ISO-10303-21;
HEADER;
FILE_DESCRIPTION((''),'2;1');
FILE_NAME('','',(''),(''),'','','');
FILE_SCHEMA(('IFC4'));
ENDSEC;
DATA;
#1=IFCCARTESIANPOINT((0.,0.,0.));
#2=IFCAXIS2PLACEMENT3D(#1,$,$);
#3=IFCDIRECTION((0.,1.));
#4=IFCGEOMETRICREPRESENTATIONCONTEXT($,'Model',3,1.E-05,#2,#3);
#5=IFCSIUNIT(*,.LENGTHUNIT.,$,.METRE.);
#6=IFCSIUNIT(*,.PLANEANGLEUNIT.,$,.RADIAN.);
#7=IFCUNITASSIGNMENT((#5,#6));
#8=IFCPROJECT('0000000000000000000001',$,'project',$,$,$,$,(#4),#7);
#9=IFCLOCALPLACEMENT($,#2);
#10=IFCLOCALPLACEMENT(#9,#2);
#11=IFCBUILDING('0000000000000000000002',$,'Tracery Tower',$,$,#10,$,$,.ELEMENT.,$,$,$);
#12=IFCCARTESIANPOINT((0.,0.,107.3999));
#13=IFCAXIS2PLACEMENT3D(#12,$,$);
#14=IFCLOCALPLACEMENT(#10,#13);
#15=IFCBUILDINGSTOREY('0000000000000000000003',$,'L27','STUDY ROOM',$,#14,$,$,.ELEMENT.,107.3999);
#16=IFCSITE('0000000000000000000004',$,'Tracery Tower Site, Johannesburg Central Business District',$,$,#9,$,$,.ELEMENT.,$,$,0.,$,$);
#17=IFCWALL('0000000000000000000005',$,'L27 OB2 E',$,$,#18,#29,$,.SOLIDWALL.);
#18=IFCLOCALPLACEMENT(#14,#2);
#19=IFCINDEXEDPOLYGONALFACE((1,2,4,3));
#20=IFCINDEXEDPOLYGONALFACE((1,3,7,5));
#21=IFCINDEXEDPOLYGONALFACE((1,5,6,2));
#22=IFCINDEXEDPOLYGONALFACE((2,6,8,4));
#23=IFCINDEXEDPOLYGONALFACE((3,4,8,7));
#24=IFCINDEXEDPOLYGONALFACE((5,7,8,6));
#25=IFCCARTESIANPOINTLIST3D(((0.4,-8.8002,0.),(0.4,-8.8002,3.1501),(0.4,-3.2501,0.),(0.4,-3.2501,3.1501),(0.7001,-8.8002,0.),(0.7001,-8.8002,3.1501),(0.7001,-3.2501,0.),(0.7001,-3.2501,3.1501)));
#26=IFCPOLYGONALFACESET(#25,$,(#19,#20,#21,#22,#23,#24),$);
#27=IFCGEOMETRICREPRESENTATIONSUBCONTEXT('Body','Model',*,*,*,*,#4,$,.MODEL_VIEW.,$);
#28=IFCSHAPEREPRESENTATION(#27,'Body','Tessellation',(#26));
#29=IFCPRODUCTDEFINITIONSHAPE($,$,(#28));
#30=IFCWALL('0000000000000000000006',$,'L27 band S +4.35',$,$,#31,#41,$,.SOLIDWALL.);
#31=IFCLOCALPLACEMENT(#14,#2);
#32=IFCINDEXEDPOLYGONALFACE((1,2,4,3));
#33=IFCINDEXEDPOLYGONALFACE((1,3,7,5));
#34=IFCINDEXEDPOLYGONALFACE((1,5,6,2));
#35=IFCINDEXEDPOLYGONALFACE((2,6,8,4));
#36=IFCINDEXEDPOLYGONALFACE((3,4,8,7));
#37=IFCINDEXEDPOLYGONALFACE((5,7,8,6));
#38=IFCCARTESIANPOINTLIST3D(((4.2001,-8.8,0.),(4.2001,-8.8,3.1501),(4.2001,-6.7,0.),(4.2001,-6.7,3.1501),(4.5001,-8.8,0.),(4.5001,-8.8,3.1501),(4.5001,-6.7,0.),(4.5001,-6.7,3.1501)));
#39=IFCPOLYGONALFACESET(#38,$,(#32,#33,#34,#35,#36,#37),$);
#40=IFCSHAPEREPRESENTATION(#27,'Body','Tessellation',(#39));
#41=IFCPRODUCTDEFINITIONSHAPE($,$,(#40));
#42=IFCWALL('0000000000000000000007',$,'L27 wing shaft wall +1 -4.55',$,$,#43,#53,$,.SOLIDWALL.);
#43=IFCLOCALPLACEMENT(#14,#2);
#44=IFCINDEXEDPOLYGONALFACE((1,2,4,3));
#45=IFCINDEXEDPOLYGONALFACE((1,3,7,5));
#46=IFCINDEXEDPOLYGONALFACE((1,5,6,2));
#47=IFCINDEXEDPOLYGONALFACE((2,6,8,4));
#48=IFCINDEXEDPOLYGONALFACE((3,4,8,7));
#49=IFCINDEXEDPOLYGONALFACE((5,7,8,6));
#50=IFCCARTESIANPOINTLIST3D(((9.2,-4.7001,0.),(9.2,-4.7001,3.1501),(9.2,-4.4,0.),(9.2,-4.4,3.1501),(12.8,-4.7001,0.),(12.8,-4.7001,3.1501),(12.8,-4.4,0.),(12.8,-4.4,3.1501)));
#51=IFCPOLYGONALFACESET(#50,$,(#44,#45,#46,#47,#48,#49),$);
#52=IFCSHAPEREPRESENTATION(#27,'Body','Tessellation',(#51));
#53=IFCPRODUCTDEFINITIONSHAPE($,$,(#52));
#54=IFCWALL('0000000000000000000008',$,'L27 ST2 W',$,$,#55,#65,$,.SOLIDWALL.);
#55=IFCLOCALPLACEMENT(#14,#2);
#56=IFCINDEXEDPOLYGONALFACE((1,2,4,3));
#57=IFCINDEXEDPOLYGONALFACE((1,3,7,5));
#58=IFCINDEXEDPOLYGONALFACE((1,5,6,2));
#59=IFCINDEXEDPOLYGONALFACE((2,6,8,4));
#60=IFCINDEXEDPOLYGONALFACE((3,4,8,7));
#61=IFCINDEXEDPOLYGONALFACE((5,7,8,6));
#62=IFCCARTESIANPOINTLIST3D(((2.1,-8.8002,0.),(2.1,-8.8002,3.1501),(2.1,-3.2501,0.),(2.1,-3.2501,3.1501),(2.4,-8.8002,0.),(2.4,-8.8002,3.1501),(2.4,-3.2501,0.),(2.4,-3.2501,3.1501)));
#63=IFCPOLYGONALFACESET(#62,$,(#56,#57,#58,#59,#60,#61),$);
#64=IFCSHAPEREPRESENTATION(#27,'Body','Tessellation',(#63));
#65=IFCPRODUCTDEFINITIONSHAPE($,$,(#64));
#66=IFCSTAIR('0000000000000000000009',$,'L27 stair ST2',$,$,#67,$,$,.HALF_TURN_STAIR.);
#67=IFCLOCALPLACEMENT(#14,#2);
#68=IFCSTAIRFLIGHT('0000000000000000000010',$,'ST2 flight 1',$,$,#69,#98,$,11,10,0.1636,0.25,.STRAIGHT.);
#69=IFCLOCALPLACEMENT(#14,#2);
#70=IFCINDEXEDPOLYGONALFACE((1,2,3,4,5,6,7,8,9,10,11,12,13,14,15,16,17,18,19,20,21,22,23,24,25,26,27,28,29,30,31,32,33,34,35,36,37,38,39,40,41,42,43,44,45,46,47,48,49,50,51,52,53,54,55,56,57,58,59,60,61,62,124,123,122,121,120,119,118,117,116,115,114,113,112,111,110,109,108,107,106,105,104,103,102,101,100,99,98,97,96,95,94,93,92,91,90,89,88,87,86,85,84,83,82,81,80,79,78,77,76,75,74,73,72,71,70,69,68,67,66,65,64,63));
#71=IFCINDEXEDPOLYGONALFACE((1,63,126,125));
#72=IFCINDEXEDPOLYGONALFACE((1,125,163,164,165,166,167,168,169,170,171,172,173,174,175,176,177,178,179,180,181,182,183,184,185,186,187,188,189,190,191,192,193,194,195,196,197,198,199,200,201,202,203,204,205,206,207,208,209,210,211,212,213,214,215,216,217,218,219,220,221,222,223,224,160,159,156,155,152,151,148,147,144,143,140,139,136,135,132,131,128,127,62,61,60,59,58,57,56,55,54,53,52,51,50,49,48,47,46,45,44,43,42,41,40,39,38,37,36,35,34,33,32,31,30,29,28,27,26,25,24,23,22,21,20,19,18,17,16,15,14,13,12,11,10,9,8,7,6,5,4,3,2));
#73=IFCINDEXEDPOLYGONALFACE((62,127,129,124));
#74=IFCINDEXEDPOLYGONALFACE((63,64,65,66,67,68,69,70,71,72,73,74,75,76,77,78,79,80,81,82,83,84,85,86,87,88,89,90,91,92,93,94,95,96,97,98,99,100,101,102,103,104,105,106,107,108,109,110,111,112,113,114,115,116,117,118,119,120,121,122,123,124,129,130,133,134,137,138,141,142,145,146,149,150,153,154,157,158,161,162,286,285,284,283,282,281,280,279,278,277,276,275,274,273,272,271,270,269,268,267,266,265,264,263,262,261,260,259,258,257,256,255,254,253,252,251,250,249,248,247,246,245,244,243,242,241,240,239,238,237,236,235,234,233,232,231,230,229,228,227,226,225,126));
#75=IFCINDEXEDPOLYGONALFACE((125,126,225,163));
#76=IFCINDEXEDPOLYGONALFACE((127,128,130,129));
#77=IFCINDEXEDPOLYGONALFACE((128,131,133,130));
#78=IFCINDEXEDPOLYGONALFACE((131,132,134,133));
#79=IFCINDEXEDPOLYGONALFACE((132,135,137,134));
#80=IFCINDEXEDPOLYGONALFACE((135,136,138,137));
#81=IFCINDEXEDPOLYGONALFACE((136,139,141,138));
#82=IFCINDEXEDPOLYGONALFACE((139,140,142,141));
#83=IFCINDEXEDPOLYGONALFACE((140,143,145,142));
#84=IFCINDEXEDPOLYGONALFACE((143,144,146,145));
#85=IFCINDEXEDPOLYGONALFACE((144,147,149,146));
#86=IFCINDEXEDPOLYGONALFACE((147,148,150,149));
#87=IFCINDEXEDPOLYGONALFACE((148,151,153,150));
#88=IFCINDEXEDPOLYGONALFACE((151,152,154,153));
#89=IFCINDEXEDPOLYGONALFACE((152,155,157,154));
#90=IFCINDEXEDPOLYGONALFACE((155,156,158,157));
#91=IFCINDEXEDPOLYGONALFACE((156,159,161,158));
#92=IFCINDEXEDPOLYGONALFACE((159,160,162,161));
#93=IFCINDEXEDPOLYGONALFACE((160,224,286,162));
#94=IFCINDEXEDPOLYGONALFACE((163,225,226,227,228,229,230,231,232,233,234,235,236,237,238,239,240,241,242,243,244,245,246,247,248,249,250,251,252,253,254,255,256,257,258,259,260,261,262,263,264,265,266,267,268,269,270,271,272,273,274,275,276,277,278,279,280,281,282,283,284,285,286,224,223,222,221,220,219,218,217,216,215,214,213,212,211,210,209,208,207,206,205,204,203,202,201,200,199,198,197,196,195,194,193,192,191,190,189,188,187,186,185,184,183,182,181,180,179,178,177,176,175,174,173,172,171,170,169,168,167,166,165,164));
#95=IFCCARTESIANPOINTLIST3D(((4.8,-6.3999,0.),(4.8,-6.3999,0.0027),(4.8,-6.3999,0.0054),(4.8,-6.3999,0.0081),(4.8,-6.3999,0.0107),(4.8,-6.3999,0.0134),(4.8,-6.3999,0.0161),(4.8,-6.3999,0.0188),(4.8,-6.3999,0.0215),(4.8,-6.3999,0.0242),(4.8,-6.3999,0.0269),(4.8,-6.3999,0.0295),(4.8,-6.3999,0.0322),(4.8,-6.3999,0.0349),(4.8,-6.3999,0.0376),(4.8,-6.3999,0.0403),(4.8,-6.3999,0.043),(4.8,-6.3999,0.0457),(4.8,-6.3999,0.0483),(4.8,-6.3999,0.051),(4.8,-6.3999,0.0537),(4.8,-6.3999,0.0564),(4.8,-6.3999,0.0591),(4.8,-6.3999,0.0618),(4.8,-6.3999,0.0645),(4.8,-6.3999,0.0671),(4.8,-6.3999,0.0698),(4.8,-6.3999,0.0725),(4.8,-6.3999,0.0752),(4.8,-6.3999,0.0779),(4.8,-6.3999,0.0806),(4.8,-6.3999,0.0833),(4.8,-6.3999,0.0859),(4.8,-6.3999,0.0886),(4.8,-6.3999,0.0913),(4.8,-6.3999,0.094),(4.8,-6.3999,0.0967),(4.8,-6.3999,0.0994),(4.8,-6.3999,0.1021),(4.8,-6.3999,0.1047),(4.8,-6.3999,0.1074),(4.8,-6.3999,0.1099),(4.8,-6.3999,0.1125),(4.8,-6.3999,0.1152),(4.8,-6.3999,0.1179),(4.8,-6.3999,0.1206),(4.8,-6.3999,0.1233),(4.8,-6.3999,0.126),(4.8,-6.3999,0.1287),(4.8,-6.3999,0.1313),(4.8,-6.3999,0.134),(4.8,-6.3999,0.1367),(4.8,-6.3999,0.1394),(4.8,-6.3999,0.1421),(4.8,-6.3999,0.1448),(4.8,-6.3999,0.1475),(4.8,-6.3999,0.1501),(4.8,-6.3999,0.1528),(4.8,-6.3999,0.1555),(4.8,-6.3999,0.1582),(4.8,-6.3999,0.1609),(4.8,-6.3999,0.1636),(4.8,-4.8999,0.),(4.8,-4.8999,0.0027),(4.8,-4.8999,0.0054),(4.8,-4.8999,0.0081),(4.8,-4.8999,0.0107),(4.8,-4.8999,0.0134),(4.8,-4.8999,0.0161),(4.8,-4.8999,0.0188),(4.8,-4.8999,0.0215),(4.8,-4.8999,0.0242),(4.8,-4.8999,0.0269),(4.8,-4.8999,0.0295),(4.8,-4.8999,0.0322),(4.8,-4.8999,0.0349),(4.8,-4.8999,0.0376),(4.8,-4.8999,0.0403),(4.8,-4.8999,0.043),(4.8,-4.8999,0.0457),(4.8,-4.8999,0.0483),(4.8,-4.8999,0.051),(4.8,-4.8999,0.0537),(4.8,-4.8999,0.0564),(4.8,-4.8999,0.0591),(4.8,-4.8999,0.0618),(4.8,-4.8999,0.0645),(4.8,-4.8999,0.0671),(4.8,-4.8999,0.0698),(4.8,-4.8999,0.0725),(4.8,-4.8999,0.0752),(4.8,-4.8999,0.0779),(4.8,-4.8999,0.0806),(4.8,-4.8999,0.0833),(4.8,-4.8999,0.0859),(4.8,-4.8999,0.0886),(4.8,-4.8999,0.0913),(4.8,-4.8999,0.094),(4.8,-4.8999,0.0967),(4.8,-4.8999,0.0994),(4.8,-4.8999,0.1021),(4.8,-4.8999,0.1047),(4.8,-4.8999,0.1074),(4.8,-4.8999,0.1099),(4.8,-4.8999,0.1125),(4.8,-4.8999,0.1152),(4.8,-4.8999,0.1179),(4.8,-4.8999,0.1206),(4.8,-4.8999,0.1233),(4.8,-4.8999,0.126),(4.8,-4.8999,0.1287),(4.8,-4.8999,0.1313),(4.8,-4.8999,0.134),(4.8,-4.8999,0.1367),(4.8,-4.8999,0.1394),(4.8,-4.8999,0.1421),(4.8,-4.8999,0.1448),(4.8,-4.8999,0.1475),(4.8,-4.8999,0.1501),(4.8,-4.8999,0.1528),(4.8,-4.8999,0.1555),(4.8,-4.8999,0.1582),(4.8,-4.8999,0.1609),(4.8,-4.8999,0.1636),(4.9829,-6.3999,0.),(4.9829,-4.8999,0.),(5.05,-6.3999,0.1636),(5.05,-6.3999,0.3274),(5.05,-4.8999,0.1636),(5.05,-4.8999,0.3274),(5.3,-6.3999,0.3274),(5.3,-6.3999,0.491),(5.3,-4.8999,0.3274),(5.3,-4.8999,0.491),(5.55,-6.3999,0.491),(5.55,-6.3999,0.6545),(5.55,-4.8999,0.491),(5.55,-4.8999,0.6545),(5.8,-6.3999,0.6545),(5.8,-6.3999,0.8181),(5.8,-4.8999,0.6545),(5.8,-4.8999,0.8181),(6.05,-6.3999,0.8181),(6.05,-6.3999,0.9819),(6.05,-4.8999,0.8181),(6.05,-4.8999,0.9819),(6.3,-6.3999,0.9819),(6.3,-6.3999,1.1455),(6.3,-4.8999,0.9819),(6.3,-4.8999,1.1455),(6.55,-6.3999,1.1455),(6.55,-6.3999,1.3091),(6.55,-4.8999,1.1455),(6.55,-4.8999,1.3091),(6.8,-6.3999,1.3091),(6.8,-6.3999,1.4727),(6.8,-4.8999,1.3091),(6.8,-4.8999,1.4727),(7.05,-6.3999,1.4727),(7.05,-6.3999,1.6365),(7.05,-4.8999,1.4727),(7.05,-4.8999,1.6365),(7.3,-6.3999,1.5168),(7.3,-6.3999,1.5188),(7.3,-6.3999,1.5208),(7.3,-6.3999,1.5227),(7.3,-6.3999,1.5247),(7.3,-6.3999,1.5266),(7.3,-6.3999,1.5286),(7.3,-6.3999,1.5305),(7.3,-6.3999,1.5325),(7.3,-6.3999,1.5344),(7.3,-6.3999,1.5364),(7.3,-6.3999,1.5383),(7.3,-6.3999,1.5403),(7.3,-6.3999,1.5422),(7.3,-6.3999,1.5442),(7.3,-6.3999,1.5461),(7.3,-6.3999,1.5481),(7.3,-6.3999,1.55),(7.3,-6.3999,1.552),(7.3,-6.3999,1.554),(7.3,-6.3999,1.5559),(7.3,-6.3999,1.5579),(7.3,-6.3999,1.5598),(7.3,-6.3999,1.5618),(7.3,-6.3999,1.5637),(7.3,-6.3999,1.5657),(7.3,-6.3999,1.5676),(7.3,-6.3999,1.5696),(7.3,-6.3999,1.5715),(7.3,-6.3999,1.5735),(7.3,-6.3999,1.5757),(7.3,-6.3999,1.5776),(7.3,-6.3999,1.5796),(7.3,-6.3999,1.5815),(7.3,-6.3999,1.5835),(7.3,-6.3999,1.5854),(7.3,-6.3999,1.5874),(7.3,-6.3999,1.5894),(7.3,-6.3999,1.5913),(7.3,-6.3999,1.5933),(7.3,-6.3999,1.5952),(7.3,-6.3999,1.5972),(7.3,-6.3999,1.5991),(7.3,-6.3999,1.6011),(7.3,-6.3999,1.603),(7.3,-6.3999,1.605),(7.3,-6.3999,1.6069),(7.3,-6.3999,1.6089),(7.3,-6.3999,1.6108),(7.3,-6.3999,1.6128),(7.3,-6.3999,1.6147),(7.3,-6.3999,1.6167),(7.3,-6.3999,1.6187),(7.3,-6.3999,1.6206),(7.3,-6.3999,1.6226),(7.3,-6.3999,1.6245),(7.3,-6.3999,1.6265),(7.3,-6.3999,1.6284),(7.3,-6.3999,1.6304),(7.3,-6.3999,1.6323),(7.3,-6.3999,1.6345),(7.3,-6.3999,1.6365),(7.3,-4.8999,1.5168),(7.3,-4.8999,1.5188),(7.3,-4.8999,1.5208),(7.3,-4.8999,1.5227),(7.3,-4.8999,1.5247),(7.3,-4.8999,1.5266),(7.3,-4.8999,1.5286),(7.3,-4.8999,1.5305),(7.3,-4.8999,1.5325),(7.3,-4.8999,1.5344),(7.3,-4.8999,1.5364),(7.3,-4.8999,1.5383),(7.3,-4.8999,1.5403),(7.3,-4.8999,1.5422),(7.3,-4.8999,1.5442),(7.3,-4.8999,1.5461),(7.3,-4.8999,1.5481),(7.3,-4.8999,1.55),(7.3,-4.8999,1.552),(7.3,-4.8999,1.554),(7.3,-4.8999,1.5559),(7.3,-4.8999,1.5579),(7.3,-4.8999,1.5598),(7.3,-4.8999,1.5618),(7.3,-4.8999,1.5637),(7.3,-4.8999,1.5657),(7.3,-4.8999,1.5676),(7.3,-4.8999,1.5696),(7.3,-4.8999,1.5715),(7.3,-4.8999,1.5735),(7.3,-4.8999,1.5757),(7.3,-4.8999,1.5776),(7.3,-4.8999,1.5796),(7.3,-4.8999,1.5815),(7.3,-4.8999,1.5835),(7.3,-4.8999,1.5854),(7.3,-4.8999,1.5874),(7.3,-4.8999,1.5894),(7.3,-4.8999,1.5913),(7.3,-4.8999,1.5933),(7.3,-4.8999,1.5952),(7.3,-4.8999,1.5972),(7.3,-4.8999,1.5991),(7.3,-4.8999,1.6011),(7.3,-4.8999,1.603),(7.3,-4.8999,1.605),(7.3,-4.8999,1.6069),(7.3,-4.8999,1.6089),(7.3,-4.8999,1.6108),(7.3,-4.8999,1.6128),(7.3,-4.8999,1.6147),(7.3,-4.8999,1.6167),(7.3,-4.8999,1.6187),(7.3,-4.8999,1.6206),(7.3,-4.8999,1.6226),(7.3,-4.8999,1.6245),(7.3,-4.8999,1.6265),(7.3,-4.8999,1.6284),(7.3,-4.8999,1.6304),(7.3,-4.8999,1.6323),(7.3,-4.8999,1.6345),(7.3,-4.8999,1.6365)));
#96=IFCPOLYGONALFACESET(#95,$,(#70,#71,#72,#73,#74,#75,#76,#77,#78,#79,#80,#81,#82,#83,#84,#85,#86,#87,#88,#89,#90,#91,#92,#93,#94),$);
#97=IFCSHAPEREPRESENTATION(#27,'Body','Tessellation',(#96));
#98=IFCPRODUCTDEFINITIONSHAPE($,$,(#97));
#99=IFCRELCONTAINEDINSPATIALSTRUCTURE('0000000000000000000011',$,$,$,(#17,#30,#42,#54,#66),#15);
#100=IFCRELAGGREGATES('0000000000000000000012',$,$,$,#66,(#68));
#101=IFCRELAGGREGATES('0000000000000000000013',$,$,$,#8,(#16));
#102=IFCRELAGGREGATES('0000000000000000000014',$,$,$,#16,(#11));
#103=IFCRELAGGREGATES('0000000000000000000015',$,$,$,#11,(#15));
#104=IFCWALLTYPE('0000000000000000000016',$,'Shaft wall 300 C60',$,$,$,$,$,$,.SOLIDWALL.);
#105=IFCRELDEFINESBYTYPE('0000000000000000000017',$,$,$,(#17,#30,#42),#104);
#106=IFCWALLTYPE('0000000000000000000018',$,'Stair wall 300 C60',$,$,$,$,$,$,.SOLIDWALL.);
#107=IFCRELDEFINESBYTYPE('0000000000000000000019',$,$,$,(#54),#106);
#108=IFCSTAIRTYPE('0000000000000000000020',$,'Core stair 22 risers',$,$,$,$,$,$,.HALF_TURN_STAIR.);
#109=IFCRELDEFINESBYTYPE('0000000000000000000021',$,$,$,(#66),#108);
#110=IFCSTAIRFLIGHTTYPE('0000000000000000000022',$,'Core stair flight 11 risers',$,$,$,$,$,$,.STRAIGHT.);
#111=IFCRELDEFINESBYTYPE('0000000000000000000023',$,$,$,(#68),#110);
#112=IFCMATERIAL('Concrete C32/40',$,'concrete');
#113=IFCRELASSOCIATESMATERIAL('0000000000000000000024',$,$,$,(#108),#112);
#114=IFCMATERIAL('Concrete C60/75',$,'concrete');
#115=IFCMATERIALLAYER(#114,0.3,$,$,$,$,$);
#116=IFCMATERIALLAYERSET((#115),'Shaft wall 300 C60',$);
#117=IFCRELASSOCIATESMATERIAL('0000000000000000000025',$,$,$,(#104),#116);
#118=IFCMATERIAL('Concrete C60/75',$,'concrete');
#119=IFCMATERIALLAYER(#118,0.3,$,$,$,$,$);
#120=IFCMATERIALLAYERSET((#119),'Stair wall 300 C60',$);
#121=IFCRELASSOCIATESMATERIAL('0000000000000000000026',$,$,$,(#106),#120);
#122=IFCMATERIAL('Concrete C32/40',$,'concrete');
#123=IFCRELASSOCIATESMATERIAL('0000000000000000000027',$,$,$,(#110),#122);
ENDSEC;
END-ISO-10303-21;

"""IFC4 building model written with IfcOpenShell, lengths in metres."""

from ifc_helpers import new_model, si_unit, direction, frame, frame_2d, origin, place, context, subcontext, project, spatial, polyline, rectangle, outline, extrude, material, layer, layer_set, type_object, element, aggregate, save


model = new_model("IFC4")

# Units and contexts
model_context = context("Model", 3, precision=1e-05, world=origin(), true_north=direction((0.0, 1.0)))
body_context = subcontext(model_context, "Body", "Model", "MODEL_VIEW")
ifc_project = project(units=[si_unit("LENGTHUNIT", "METRE"), si_unit("PLANEANGLEUNIT", "RADIAN")], contexts=[model_context])

# Site, building, storey
site_placement = place(None, origin())
site = spatial("IfcSite", under=ifc_project, at=site_placement, Name="Tracery Tower Site, Johannesburg Central Business District", CompositionType="ELEMENT", RefElevation=0.0)
building_placement = place(site_placement, origin())
building = spatial("IfcBuilding", under=site, at=building_placement, Name="Tracery Tower", CompositionType="ELEMENT")
storey_placement = place(building_placement, frame((0.0, 0.0, 107.3999)))
storey = spatial("IfcBuildingStorey", under=building, at=storey_placement, Name="L27", Description="STUDY ROOM", CompositionType="ELEMENT", Elevation=107.3999)

# Shared definitions
ifc_material_1 = material(Name="Concrete C32/40", Category="concrete")
stair_type = type_object("IfcStairType", Name="Core stair 22 risers", PredefinedType="HALF_TURN_STAIR", material=ifc_material_1)

# Walls
ifc_material_2 = material(Name="Concrete C60/75", Category="concrete")
ifc_layer_1 = layer(ifc_material_2, 0.3)
ifc_layer_set_1 = layer_set([ifc_layer_1], Name="Shaft wall 300 C60")
wall_type_1 = type_object("IfcWallType", Name="Shaft wall 300 C60", PredefinedType="SOLIDWALL", material=ifc_layer_set_1)
wall_1_placement = place(storey_placement, frame((0.55, -8.8, 0.0), z_axis=(0.0, 0.0, 1.0), x_axis=(0.0, 1.0, 0.0)))
element("IfcWall", 1, at=wall_1_placement, inside=storey, type_object=wall_type_1, Name="L27 OB2 E", PredefinedType="SOLIDWALL", context=body_context, shape_type="SweptSolid", body=[
    extrude(rectangle(XDim=5.55, YDim=0.3, at=frame_2d((2.7749, 0.0))), origin(), (0.0, 0.0, 1.0), 3.1501),
])
wall_2_placement = place(storey_placement, frame((4.3501, -8.8, 0.0), z_axis=(0.0, 0.0, 1.0), x_axis=(0.0, 1.0, 0.0)))
element("IfcWall", 2, at=wall_2_placement, inside=storey, type_object=wall_type_1, Name="L27 band S +4.35", PredefinedType="SOLIDWALL", context=body_context, shape_type="SweptSolid", body=[
    extrude(rectangle(XDim=2.1001, YDim=0.3, at=frame_2d((1.05, 0.0))), origin(), (0.0, 0.0, 1.0), 3.1501),
])
wall_3_placement = place(storey_placement, frame((9.2, -4.55, 0.0), z_axis=(0.0, 0.0, 1.0), x_axis=(1.0, 0.0, 0.0)))
element("IfcWall", 3, at=wall_3_placement, inside=storey, type_object=wall_type_1, Name="L27 wing shaft wall +1 -4.55", PredefinedType="SOLIDWALL", context=body_context, shape_type="SweptSolid", body=[
    extrude(rectangle(XDim=3.6001, YDim=0.3, at=frame_2d((1.8, 0.0))), origin(), (0.0, 0.0, 1.0), 3.1501),
])

# Shared definitions
ifc_material_3 = material(Name="Concrete C60/75", Category="concrete")
ifc_layer_2 = layer(ifc_material_3, 0.3)
ifc_layer_set_2 = layer_set([ifc_layer_2], Name="Stair wall 300 C60")
wall_type_2 = type_object("IfcWallType", Name="Stair wall 300 C60", PredefinedType="SOLIDWALL", material=ifc_layer_set_2)

# Wall
wall_4_placement = place(storey_placement, frame((2.25, -8.8, 0.0), z_axis=(0.0, 0.0, 1.0), x_axis=(0.0, 1.0, 0.0)))
element("IfcWall", 4, at=wall_4_placement, inside=storey, type_object=wall_type_2, Name="L27 ST2 W", PredefinedType="SOLIDWALL", context=body_context, shape_type="SweptSolid", body=[
    extrude(rectangle(XDim=5.55, YDim=0.3, at=frame_2d((2.7749, 0.0))), origin(), (0.0, 0.0, 1.0), 3.1501),
])

# Stair, stair flight
stair_1_placement = place(storey_placement, origin())
stair_1 = element("IfcStair", 5, at=stair_1_placement, inside=storey, type_object=stair_type, Name="L27 stair ST2", PredefinedType="HALF_TURN_STAIR")
ifc_material_4 = material(Name="Concrete C32/40", Category="concrete")
stair_flight_type = type_object("IfcStairFlightType", Name="Core stair flight 11 risers", PredefinedType="STRAIGHT", material=ifc_material_4)
stair_flight_1_placement = place(storey_placement, frame((4.8, -5.6499, 0.0), z_axis=(0.0, 0.0, 1.0), x_axis=(1.0, 0.0, 0.0)))
stair_flight_1 = element("IfcStairFlight", 6, at=stair_flight_1_placement, type_object=stair_flight_type, Name="ST2 flight 1", NumberOfRisers=11, NumberOfTreads=10, PredefinedType="STRAIGHT", RiserHeight=0.1636, TreadLength=0.25, context=body_context, shape_type="SweptSolid", body=[
    extrude(outline(polyline([(0.0, 0.0), (0.0, 0.0027), (0.0, 0.0054), (0.0, 0.0081), (0.0, 0.0107), (0.0, 0.0134), (0.0, 0.0161), (0.0, 0.0188), (0.0, 0.0215), (0.0, 0.0242), (0.0, 0.0269), (0.0, 0.0295), (0.0, 0.0322), (0.0, 0.0349), (0.0, 0.0376), (0.0, 0.0403), (0.0, 0.043), (0.0, 0.0457), (0.0, 0.0483), (0.0, 0.051), (0.0, 0.0537), (0.0, 0.0564), (0.0, 0.0591), (0.0, 0.0618), (0.0, 0.0645), (0.0, 0.0671), (0.0, 0.0698), (0.0, 0.0725), (0.0, 0.0752), (0.0, 0.0779), (0.0, 0.0806), (0.0, 0.0833), (0.0, 0.0859), (0.0, 0.0886), (0.0, 0.0913), (0.0, 0.094), (0.0, 0.0967), (0.0, 0.0994), (0.0, 0.1021), (0.0, 0.1047), (0.0, 0.1074), (0.0, 0.1099), (0.0, 0.1125), (0.0, 0.1152), (0.0, 0.1179), (0.0, 0.1206), (0.0, 0.1233), (0.0, 0.126), (0.0, 0.1287), (0.0, 0.1313), (0.0, 0.134), (0.0, 0.1367), (0.0, 0.1394), (0.0, 0.1421), (0.0, 0.1448), (0.0, 0.1475), (0.0, 0.1501), (0.0, 0.1528), (0.0, 0.1555), (0.0, 0.1582), (0.0, 0.1609), (0.0, 0.1636), (0.25, 0.1636), (0.25, 0.3274), (0.5, 0.3274), (0.5, 0.491), (0.75, 0.491), (0.75, 0.6545), (1.0, 0.6545), (1.0, 0.8181), (1.25, 0.8181), (1.25, 0.9819), (1.5, 0.9819), (1.5, 1.1455), (1.75, 1.1455), (1.75, 1.3091), (2.0, 1.3091), (2.0, 1.4727), (2.25, 1.4727), (2.25, 1.6365), (2.5, 1.6365), (2.5, 1.6345), (2.5, 1.6323), (2.5, 1.6304), (2.5, 1.6284), (2.5, 1.6265), (2.5, 1.6245), (2.5, 1.6226), (2.5, 1.6206), (2.5, 1.6187), (2.5, 1.6167), (2.5, 1.6147), (2.5, 1.6128), (2.5, 1.6108), (2.5, 1.6089), (2.5, 1.6069), (2.5, 1.605), (2.5, 1.603), (2.5, 1.6011), (2.5, 1.5991), (2.5, 1.5972), (2.5, 1.5952), (2.5, 1.5933), (2.5, 1.5913), (2.5, 1.5894), (2.5, 1.5874), (2.5, 1.5854), (2.5, 1.5835), (2.5, 1.5815), (2.5, 1.5796), (2.5, 1.5776), (2.5, 1.5757), (2.5, 1.5735), (2.5, 1.5715), (2.5, 1.5696), (2.5, 1.5676), (2.5, 1.5657), (2.5, 1.5637), (2.5, 1.5618), (2.5, 1.5598), (2.5, 1.5579), (2.5, 1.5559), (2.5, 1.554), (2.5, 1.552), (2.5, 1.55), (2.5, 1.5481), (2.5, 1.5461), (2.5, 1.5442), (2.5, 1.5422), (2.5, 1.5403), (2.5, 1.5383), (2.5, 1.5364), (2.5, 1.5344), (2.5, 1.5325), (2.5, 1.5305), (2.5, 1.5286), (2.5, 1.5266), (2.5, 1.5247), (2.5, 1.5227), (2.5, 1.5208), (2.5, 1.5188), (2.5, 1.5168), (0.1829, 0.0), (0.0, 0.0)])), frame((0.0, 0.75, 0.0), z_axis=(0.0, -1.0, 0.0), x_axis=(1.0, 0.0, 0.0)), (0.0, 0.0, 1.0), 1.5),
])
aggregate(stair_1, [stair_flight_1])

save(model, "model.ifc")
